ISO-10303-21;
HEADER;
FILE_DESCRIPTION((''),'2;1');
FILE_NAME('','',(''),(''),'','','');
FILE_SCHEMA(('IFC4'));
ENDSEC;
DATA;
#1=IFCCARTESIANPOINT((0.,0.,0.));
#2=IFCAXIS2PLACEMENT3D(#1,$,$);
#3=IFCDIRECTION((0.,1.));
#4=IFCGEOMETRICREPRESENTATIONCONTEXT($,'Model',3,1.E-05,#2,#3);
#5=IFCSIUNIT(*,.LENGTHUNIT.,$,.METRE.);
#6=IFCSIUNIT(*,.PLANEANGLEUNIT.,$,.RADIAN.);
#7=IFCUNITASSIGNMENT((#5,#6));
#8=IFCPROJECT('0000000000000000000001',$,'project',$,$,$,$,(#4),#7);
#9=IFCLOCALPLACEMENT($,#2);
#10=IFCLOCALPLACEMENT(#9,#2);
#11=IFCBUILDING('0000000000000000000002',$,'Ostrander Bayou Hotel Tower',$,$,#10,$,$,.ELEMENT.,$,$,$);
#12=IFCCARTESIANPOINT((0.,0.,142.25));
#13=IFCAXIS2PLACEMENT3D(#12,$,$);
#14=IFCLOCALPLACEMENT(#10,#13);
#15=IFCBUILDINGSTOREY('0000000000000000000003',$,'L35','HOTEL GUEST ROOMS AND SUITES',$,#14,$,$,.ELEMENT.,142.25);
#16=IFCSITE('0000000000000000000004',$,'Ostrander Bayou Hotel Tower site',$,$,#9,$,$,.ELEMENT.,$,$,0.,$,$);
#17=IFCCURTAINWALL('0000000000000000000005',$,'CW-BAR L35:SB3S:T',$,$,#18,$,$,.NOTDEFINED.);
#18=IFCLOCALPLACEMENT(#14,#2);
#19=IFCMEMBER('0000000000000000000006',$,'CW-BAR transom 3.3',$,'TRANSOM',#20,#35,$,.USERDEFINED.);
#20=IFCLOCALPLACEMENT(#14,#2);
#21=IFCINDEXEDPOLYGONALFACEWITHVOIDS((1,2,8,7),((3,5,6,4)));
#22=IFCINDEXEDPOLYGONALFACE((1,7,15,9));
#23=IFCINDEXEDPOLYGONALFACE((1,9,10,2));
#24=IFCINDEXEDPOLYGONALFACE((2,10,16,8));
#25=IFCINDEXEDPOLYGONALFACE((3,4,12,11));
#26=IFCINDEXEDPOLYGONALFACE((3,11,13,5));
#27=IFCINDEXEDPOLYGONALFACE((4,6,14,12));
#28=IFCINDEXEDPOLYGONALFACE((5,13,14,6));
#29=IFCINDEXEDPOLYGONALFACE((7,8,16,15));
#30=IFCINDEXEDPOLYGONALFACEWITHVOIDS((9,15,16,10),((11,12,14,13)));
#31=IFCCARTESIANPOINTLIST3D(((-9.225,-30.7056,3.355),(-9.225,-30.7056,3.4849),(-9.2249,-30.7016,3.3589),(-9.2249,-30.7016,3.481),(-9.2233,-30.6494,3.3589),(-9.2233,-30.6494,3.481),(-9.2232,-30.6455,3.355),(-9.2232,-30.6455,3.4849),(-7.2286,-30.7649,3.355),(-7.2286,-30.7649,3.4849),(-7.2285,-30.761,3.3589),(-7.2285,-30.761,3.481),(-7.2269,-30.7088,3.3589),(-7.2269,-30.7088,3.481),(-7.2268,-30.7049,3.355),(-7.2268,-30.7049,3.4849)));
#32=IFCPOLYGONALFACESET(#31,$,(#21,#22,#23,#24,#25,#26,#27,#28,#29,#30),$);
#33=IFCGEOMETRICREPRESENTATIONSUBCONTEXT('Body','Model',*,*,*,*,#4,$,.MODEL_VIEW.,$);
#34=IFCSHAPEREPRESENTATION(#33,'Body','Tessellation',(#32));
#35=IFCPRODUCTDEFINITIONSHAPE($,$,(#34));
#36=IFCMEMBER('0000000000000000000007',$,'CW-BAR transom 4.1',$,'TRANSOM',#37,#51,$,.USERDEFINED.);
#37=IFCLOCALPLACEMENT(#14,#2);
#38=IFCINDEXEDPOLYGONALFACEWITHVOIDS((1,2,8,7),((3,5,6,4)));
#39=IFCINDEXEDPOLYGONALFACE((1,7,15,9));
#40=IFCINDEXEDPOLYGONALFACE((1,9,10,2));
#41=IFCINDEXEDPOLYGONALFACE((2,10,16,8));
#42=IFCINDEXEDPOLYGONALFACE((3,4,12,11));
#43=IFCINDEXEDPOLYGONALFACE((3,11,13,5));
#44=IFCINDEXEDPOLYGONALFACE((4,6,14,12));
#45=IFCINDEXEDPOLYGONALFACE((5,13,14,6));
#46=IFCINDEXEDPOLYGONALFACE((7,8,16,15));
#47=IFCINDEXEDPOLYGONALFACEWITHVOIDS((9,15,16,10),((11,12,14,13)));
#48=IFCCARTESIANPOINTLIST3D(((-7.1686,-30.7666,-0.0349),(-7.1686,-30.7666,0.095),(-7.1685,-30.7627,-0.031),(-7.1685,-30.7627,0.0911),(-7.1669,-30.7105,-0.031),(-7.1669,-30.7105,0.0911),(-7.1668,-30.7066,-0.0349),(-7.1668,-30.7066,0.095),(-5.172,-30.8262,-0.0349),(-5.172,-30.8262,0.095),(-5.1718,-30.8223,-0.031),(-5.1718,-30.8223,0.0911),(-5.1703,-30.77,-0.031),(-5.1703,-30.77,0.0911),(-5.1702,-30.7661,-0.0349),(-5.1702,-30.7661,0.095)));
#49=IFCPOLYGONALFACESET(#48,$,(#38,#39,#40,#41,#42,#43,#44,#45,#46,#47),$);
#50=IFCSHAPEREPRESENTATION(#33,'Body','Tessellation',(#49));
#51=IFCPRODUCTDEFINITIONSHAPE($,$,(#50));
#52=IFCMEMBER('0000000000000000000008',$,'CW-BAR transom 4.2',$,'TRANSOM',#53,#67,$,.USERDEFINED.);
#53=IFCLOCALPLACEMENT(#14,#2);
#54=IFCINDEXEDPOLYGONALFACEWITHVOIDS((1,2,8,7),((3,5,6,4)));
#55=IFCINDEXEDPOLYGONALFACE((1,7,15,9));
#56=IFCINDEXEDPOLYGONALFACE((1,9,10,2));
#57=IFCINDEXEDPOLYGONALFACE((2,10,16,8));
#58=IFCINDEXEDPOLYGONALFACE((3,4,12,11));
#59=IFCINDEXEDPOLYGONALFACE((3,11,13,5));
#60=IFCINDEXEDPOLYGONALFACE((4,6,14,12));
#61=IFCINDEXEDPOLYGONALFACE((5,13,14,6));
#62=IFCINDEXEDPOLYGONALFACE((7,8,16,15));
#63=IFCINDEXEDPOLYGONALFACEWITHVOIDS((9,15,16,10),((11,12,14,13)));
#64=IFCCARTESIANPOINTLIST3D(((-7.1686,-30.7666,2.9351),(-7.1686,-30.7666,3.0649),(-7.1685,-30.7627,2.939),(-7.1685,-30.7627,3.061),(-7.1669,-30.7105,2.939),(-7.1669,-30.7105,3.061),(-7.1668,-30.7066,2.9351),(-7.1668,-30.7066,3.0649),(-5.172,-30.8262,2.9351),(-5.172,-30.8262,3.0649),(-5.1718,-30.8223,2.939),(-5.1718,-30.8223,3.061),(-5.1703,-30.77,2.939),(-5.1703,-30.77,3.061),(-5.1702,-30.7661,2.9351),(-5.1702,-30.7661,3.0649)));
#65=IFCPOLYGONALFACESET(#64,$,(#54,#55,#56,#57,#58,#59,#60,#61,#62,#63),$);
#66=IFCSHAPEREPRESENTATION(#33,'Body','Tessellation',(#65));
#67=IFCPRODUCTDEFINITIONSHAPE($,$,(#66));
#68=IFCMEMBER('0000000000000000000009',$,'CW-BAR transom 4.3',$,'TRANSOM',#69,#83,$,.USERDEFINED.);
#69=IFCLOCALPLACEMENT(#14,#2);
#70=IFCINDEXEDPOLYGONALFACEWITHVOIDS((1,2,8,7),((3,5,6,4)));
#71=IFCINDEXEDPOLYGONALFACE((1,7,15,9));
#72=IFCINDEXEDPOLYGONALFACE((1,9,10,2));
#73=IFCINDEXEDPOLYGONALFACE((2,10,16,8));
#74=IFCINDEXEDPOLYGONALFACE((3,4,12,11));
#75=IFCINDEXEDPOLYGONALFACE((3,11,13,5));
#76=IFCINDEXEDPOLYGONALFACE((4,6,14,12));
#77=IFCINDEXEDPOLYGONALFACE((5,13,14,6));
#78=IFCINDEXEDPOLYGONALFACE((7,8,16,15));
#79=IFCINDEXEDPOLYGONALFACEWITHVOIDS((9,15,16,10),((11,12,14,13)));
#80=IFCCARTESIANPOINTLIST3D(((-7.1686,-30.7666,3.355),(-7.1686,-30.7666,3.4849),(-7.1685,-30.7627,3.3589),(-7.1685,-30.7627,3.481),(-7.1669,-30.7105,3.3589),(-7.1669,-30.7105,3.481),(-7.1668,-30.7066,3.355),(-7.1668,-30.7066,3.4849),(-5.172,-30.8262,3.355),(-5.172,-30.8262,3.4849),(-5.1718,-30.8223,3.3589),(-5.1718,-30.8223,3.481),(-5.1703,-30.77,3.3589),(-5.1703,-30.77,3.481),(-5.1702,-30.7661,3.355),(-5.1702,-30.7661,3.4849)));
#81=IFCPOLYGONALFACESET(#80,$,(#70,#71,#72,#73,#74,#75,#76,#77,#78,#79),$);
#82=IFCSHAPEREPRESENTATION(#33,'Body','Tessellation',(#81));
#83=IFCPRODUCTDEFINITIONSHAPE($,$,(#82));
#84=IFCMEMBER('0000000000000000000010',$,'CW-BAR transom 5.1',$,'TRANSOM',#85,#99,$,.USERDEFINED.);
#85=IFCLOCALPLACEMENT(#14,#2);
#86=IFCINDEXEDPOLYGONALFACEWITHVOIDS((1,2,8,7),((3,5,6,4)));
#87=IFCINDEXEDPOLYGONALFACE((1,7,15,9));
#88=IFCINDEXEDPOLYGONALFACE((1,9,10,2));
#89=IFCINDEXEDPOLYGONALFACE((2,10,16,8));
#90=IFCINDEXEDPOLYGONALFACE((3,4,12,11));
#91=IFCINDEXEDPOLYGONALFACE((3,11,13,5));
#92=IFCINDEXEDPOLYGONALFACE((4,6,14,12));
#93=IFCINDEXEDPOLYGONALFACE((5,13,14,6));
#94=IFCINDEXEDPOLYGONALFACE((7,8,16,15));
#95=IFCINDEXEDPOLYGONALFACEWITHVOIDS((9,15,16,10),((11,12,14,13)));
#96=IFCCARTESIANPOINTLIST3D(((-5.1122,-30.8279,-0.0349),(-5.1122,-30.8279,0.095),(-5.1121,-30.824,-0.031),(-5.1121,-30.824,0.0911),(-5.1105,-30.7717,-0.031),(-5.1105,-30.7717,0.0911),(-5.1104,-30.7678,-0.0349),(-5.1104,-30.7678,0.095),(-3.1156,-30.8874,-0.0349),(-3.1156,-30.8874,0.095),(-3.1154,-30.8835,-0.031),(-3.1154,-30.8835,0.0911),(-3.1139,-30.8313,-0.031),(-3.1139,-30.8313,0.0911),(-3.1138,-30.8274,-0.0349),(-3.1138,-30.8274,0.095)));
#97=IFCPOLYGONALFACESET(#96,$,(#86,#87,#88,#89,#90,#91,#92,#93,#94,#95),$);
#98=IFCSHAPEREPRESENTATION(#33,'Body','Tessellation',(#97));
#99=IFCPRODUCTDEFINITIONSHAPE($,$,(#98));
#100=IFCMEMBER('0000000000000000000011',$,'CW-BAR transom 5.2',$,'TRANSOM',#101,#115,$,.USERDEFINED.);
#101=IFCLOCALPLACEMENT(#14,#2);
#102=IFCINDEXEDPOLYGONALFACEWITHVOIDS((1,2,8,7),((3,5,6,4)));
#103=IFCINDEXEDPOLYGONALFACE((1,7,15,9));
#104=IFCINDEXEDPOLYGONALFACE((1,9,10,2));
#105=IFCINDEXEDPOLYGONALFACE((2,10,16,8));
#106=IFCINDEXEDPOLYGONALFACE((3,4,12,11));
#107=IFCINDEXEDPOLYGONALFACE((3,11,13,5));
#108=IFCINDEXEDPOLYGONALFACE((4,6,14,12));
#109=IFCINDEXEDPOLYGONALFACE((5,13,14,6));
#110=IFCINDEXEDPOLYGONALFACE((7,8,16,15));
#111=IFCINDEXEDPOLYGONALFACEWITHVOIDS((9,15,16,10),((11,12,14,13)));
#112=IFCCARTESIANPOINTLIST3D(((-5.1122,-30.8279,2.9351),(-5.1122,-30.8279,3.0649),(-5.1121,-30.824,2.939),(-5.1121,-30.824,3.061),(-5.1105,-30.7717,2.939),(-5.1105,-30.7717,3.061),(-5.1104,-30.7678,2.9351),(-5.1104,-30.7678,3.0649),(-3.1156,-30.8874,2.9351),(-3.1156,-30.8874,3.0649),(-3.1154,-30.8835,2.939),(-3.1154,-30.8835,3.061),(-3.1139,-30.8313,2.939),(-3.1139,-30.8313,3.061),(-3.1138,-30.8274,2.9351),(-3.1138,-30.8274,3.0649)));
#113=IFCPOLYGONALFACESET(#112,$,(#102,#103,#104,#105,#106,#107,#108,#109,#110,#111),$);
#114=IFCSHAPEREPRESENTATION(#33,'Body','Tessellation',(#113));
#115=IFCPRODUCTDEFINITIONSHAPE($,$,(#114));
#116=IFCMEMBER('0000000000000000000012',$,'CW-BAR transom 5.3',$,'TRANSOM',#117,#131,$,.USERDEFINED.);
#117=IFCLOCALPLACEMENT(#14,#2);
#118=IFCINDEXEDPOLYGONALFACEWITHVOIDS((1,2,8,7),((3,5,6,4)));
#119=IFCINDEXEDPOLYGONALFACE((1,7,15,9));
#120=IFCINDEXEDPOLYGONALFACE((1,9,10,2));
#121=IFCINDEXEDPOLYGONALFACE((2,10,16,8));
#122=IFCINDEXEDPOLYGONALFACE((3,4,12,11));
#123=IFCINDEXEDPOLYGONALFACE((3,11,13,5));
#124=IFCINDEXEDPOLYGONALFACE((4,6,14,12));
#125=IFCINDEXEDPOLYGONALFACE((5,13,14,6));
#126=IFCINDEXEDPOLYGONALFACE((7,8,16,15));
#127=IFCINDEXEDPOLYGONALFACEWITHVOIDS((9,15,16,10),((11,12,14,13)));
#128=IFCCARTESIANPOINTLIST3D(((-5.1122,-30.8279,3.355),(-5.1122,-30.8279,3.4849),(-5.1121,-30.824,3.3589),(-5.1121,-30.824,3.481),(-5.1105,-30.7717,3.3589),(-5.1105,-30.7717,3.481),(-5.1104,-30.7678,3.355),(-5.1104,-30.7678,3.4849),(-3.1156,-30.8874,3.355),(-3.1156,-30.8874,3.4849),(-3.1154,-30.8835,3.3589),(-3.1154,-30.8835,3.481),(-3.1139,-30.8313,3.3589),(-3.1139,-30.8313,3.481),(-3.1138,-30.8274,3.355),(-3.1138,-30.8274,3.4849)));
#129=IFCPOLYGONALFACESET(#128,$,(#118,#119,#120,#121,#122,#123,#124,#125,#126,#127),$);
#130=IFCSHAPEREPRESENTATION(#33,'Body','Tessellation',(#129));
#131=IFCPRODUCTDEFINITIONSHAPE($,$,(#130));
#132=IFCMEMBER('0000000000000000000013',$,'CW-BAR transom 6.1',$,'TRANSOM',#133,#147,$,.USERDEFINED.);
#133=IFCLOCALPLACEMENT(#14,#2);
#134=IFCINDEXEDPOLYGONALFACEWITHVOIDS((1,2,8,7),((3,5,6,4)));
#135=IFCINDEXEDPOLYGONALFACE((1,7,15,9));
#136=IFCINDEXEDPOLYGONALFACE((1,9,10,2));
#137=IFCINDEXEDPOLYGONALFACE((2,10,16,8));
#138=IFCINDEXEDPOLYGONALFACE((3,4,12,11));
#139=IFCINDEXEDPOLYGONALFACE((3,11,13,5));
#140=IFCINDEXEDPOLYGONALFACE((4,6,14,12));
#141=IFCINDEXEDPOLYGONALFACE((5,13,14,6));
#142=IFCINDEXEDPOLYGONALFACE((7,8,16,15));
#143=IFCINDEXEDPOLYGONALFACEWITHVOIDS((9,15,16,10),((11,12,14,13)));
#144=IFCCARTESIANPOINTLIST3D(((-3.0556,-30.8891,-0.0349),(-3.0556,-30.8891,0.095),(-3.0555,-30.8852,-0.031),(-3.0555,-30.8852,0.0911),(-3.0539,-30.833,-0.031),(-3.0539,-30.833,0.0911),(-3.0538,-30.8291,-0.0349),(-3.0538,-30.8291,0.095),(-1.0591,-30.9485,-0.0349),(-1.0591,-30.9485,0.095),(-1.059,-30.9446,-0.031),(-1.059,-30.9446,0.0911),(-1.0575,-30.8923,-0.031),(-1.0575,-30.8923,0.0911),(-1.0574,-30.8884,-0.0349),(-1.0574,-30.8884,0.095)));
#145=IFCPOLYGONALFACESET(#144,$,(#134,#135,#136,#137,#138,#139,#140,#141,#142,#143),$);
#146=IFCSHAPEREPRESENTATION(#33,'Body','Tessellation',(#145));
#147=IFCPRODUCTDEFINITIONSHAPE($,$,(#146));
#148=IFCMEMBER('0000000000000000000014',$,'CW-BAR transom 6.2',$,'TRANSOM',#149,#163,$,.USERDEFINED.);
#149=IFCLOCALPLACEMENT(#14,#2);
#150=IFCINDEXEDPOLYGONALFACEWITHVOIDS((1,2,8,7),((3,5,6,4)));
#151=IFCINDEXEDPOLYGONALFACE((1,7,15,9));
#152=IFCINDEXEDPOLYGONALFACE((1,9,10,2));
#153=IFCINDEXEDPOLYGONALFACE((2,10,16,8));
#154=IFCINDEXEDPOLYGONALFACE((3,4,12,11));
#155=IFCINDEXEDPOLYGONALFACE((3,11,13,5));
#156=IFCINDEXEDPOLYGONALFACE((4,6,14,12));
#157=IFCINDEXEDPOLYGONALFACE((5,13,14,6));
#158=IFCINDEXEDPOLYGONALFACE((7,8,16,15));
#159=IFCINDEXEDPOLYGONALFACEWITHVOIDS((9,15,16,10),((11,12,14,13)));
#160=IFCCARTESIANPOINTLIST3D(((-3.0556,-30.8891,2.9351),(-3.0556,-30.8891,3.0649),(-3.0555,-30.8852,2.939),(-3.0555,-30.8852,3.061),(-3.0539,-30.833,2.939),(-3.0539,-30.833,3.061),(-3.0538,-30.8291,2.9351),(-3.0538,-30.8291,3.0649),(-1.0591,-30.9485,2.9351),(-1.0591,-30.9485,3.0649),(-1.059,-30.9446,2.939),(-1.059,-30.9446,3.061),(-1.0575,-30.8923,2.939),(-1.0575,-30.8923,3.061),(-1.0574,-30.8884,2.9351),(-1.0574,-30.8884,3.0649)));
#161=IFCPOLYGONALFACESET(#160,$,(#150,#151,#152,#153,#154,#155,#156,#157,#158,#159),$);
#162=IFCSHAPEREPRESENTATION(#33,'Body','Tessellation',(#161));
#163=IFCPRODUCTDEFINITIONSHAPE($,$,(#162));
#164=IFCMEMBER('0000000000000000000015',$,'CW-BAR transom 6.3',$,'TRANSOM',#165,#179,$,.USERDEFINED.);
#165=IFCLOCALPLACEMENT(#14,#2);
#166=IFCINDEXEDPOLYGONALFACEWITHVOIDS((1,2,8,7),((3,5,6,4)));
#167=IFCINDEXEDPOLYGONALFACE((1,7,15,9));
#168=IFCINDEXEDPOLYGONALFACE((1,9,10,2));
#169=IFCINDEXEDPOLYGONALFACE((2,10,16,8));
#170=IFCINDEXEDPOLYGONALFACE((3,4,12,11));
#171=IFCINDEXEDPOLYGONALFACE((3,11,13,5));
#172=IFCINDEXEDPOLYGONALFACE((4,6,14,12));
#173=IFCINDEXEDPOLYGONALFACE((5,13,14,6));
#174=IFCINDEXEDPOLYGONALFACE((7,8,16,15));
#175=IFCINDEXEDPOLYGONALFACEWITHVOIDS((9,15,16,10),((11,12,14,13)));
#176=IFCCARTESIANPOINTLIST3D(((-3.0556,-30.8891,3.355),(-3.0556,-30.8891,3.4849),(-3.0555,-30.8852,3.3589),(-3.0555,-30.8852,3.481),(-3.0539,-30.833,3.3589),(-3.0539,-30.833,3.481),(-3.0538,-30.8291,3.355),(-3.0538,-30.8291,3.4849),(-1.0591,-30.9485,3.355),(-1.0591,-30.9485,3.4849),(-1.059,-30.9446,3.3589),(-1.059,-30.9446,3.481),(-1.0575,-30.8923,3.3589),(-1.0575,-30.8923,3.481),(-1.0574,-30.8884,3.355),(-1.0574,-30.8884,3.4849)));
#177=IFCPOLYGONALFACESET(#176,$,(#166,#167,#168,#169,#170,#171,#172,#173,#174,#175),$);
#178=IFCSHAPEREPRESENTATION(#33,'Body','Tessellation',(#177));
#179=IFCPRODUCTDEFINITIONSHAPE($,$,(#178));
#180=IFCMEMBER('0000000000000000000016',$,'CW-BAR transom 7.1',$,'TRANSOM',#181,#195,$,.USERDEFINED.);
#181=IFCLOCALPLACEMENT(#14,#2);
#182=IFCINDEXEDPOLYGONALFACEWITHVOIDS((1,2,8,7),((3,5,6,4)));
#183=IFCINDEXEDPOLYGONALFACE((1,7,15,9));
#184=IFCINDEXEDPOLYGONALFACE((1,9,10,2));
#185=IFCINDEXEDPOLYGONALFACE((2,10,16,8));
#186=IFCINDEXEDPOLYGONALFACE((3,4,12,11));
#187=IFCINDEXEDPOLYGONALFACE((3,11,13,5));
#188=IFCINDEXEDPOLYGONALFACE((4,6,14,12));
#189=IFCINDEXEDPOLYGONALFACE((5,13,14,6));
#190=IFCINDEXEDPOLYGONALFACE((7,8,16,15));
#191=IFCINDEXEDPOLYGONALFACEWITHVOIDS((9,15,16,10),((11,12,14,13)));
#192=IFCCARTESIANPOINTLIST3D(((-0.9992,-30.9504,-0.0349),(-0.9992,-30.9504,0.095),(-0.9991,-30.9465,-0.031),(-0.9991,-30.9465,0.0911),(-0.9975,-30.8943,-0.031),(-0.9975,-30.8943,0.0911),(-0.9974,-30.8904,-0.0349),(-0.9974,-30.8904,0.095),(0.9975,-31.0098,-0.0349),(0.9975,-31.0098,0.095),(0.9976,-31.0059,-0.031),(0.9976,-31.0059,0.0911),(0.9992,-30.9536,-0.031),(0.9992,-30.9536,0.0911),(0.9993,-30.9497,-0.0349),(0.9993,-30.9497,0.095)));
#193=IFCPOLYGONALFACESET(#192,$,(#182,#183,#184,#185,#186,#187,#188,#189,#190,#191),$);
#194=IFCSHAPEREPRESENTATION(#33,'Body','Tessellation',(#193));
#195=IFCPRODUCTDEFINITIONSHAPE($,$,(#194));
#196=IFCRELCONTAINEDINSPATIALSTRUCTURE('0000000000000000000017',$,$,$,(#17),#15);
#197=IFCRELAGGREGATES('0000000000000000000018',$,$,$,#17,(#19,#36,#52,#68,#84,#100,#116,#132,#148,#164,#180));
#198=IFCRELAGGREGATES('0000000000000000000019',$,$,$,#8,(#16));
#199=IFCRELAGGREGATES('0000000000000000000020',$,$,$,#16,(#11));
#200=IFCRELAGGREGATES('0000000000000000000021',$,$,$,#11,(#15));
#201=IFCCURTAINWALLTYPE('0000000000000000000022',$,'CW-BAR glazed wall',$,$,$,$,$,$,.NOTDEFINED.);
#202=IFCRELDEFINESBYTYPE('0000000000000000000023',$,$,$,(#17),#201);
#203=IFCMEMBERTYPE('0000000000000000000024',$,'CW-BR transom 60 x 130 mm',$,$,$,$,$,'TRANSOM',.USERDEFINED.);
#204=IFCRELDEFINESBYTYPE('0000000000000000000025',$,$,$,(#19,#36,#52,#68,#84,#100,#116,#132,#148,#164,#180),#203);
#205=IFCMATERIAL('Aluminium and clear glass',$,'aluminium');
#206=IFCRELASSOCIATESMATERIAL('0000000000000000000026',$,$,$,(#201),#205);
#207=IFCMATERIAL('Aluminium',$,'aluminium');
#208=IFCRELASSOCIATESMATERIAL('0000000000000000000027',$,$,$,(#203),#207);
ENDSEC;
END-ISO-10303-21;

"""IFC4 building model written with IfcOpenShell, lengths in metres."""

from ifc_helpers import new_model, si_unit, direction, frame, origin, origin_2d, place, context, subcontext, project, spatial, hollow_rectangle, extrude, material, material_profile, profile_set, type_object, element, aggregate, save


model = new_model("IFC4")

# Units and contexts
model_context = context("Model", 3, precision=1e-05, world=origin(), true_north=direction((0.0, 1.0)))
body_context = subcontext(model_context, "Body", "Model", "MODEL_VIEW")
ifc_project = project(units=[si_unit("LENGTHUNIT", "METRE"), si_unit("PLANEANGLEUNIT", "RADIAN")], contexts=[model_context])

# Site, building, storey
site_placement = place(None, origin())
site = spatial("IfcSite", under=ifc_project, at=site_placement, Name="Ostrander Bayou Hotel Tower site", CompositionType="ELEMENT", RefElevation=0.0)
building_placement = place(site_placement, origin())
building = spatial("IfcBuilding", under=site, at=building_placement, Name="Ostrander Bayou Hotel Tower", CompositionType="ELEMENT")
storey_placement = place(building_placement, frame((0.0, 0.0, 142.25)))
storey = spatial("IfcBuildingStorey", under=building, at=storey_placement, Name="L35", Description="HOTEL GUEST ROOMS AND SUITES", CompositionType="ELEMENT", Elevation=142.25)

# Curtain wall, members
ifc_material_1 = material(Name="Aluminium and clear glass", Category="aluminium")
curtain_wall_type = type_object("IfcCurtainWallType", Name="CW-BAR glazed wall", PredefinedType="NOTDEFINED", material=ifc_material_1)
curtain_wall_placement = place(storey_placement, origin())
curtain_wall = element("IfcCurtainWall", 1, at=curtain_wall_placement, inside=storey, type_object=curtain_wall_type, Name="CW-BAR L35:SB3S:T", PredefinedType="NOTDEFINED")
ifc_material_2 = material(Name="Aluminium", Category="aluminium")
ifc_material_profile_1 = material_profile(ifc_material_2, hollow_rectangle(XDim=0.0601, YDim=0.1299, WallThickness=0.0039, at=origin_2d()))
ifc_profile_set_1 = profile_set([ifc_material_profile_1], Name="Aluminium")
member_type_1 = type_object("IfcMemberType", Name="CW-BR transom 60 x 130 mm", ElementType="TRANSOM", PredefinedType="USERDEFINED", material=ifc_profile_set_1)
member_1_placement = place(storey_placement, frame((-9.2241, -30.6755, 3.4199), z_axis=(0.999559, -0.029704, 0.0), x_axis=(0.029704, 0.999559, 0.0)))
member_1 = element("IfcMember", 2, at=member_1_placement, type_object=member_type_1, Name="CW-BAR transom 3.3", ObjectType="TRANSOM", PredefinedType="USERDEFINED", context=body_context, shape_type="SweptSolid", body=[
    extrude(hollow_rectangle(XDim=0.0601, YDim=0.1299, WallThickness=0.0039, at=origin_2d()), origin(), (0.0, 0.0, 1.0), 1.9973),
])
member_2_placement = place(storey_placement, frame((-7.1677, -30.7366, 0.03), z_axis=(0.999555, -0.029823, 0.0), x_axis=(0.029823, 0.999555, 0.0)))
member_2 = element("IfcMember", 3, at=member_2_placement, type_object=member_type_1, Name="CW-BAR transom 4.1", ObjectType="TRANSOM", PredefinedType="USERDEFINED", context=body_context, shape_type="SweptSolid", body=[
    extrude(hollow_rectangle(XDim=0.0601, YDim=0.1299, WallThickness=0.0039, at=origin_2d()), origin(), (0.0, 0.0, 1.0), 1.9976),
])
member_3_placement = place(storey_placement, frame((-7.1677, -30.7366, 3.0), z_axis=(0.999555, -0.029823, 0.0), x_axis=(0.029823, 0.999555, 0.0)))
member_3 = element("IfcMember", 4, at=member_3_placement, type_object=member_type_1, Name="CW-BAR transom 4.2", ObjectType="TRANSOM", PredefinedType="USERDEFINED", context=body_context, shape_type="SweptSolid", body=[
    extrude(hollow_rectangle(XDim=0.0601, YDim=0.1299, WallThickness=0.0039, at=origin_2d()), origin(), (0.0, 0.0, 1.0), 1.9976),
])
member_4_placement = place(storey_placement, frame((-7.1677, -30.7366, 3.4199), z_axis=(0.999555, -0.029823, 0.0), x_axis=(0.029823, 0.999555, 0.0)))
member_4 = element("IfcMember", 5, at=member_4_placement, type_object=member_type_1, Name="CW-BAR transom 4.3", ObjectType="TRANSOM", PredefinedType="USERDEFINED", context=body_context, shape_type="SweptSolid", body=[
    extrude(hollow_rectangle(XDim=0.0601, YDim=0.1299, WallThickness=0.0039, at=origin_2d()), origin(), (0.0, 0.0, 1.0), 1.9976),
])
member_5_placement = place(storey_placement, frame((-5.1113, -30.7979, 0.03), z_axis=(0.999555, -0.029823, 0.0), x_axis=(0.029823, 0.999555, 0.0)))
member_5 = element("IfcMember", 6, at=member_5_placement, type_object=member_type_1, Name="CW-BAR transom 5.1", ObjectType="TRANSOM", PredefinedType="USERDEFINED", context=body_context, shape_type="SweptSolid", body=[
    extrude(hollow_rectangle(XDim=0.0601, YDim=0.1299, WallThickness=0.0039, at=origin_2d()), origin(), (0.0, 0.0, 1.0), 1.9976),
])
member_6_placement = place(storey_placement, frame((-5.1113, -30.7979, 3.0), z_axis=(0.999555, -0.029823, 0.0), x_axis=(0.029823, 0.999555, 0.0)))
member_6 = element("IfcMember", 7, at=member_6_placement, type_object=member_type_1, Name="CW-BAR transom 5.2", ObjectType="TRANSOM", PredefinedType="USERDEFINED", context=body_context, shape_type="SweptSolid", body=[
    extrude(hollow_rectangle(XDim=0.0601, YDim=0.1299, WallThickness=0.0039, at=origin_2d()), origin(), (0.0, 0.0, 1.0), 1.9976),
])
member_7_placement = place(storey_placement, frame((-5.1113, -30.7979, 3.4199), z_axis=(0.999555, -0.029823, 0.0), x_axis=(0.029823, 0.999555, 0.0)))
member_7 = element("IfcMember", 8, at=member_7_placement, type_object=member_type_1, Name="CW-BAR transom 5.3", ObjectType="TRANSOM", PredefinedType="USERDEFINED", context=body_context, shape_type="SweptSolid", body=[
    extrude(hollow_rectangle(XDim=0.0601, YDim=0.1299, WallThickness=0.0039, at=origin_2d()), origin(), (0.0, 0.0, 1.0), 1.9976),
])
member_8_placement = place(storey_placement, frame((-3.0547, -30.8591, 0.03), z_axis=(0.999559, -0.029704, 0.0), x_axis=(0.029704, 0.999559, 0.0)))
member_8 = element("IfcMember", 9, at=member_8_placement, type_object=member_type_1, Name="CW-BAR transom 6.1", ObjectType="TRANSOM", PredefinedType="USERDEFINED", context=body_context, shape_type="SweptSolid", body=[
    extrude(hollow_rectangle(XDim=0.0601, YDim=0.1299, WallThickness=0.0039, at=origin_2d()), origin(), (0.0, 0.0, 1.0), 1.9973),
])
member_9_placement = place(storey_placement, frame((-3.0547, -30.8591, 3.0), z_axis=(0.999559, -0.029704, 0.0), x_axis=(0.029704, 0.999559, 0.0)))
member_9 = element("IfcMember", 10, at=member_9_placement, type_object=member_type_1, Name="CW-BAR transom 6.2", ObjectType="TRANSOM", PredefinedType="USERDEFINED", context=body_context, shape_type="SweptSolid", body=[
    extrude(hollow_rectangle(XDim=0.0601, YDim=0.1299, WallThickness=0.0039, at=origin_2d()), origin(), (0.0, 0.0, 1.0), 1.9973),
])
member_10_placement = place(storey_placement, frame((-3.0547, -30.8591, 3.4199), z_axis=(0.999559, -0.029704, 0.0), x_axis=(0.029704, 0.999559, 0.0)))
member_10 = element("IfcMember", 11, at=member_10_placement, type_object=member_type_1, Name="CW-BAR transom 6.3", ObjectType="TRANSOM", PredefinedType="USERDEFINED", context=body_context, shape_type="SweptSolid", body=[
    extrude(hollow_rectangle(XDim=0.0601, YDim=0.1299, WallThickness=0.0039, at=origin_2d()), origin(), (0.0, 0.0, 1.0), 1.9973),
])
member_11_placement = place(storey_placement, frame((-0.9983, -30.9204, 0.03), z_axis=(0.999559, -0.029701, 0.0), x_axis=(0.029701, 0.999559, 0.0)))
member_11 = element("IfcMember", 12, at=member_11_placement, type_object=member_type_1, Name="CW-BAR transom 7.1", ObjectType="TRANSOM", PredefinedType="USERDEFINED", context=body_context, shape_type="SweptSolid", body=[
    extrude(hollow_rectangle(XDim=0.0601, YDim=0.1299, WallThickness=0.0039, at=origin_2d()), origin(), (0.0, 0.0, 1.0), 1.9976),
])
aggregate(curtain_wall, [member_1, member_2, member_3, member_4, member_5, member_6, member_7, member_8, member_9, member_10, member_11])

save(model, "model.ifc")
